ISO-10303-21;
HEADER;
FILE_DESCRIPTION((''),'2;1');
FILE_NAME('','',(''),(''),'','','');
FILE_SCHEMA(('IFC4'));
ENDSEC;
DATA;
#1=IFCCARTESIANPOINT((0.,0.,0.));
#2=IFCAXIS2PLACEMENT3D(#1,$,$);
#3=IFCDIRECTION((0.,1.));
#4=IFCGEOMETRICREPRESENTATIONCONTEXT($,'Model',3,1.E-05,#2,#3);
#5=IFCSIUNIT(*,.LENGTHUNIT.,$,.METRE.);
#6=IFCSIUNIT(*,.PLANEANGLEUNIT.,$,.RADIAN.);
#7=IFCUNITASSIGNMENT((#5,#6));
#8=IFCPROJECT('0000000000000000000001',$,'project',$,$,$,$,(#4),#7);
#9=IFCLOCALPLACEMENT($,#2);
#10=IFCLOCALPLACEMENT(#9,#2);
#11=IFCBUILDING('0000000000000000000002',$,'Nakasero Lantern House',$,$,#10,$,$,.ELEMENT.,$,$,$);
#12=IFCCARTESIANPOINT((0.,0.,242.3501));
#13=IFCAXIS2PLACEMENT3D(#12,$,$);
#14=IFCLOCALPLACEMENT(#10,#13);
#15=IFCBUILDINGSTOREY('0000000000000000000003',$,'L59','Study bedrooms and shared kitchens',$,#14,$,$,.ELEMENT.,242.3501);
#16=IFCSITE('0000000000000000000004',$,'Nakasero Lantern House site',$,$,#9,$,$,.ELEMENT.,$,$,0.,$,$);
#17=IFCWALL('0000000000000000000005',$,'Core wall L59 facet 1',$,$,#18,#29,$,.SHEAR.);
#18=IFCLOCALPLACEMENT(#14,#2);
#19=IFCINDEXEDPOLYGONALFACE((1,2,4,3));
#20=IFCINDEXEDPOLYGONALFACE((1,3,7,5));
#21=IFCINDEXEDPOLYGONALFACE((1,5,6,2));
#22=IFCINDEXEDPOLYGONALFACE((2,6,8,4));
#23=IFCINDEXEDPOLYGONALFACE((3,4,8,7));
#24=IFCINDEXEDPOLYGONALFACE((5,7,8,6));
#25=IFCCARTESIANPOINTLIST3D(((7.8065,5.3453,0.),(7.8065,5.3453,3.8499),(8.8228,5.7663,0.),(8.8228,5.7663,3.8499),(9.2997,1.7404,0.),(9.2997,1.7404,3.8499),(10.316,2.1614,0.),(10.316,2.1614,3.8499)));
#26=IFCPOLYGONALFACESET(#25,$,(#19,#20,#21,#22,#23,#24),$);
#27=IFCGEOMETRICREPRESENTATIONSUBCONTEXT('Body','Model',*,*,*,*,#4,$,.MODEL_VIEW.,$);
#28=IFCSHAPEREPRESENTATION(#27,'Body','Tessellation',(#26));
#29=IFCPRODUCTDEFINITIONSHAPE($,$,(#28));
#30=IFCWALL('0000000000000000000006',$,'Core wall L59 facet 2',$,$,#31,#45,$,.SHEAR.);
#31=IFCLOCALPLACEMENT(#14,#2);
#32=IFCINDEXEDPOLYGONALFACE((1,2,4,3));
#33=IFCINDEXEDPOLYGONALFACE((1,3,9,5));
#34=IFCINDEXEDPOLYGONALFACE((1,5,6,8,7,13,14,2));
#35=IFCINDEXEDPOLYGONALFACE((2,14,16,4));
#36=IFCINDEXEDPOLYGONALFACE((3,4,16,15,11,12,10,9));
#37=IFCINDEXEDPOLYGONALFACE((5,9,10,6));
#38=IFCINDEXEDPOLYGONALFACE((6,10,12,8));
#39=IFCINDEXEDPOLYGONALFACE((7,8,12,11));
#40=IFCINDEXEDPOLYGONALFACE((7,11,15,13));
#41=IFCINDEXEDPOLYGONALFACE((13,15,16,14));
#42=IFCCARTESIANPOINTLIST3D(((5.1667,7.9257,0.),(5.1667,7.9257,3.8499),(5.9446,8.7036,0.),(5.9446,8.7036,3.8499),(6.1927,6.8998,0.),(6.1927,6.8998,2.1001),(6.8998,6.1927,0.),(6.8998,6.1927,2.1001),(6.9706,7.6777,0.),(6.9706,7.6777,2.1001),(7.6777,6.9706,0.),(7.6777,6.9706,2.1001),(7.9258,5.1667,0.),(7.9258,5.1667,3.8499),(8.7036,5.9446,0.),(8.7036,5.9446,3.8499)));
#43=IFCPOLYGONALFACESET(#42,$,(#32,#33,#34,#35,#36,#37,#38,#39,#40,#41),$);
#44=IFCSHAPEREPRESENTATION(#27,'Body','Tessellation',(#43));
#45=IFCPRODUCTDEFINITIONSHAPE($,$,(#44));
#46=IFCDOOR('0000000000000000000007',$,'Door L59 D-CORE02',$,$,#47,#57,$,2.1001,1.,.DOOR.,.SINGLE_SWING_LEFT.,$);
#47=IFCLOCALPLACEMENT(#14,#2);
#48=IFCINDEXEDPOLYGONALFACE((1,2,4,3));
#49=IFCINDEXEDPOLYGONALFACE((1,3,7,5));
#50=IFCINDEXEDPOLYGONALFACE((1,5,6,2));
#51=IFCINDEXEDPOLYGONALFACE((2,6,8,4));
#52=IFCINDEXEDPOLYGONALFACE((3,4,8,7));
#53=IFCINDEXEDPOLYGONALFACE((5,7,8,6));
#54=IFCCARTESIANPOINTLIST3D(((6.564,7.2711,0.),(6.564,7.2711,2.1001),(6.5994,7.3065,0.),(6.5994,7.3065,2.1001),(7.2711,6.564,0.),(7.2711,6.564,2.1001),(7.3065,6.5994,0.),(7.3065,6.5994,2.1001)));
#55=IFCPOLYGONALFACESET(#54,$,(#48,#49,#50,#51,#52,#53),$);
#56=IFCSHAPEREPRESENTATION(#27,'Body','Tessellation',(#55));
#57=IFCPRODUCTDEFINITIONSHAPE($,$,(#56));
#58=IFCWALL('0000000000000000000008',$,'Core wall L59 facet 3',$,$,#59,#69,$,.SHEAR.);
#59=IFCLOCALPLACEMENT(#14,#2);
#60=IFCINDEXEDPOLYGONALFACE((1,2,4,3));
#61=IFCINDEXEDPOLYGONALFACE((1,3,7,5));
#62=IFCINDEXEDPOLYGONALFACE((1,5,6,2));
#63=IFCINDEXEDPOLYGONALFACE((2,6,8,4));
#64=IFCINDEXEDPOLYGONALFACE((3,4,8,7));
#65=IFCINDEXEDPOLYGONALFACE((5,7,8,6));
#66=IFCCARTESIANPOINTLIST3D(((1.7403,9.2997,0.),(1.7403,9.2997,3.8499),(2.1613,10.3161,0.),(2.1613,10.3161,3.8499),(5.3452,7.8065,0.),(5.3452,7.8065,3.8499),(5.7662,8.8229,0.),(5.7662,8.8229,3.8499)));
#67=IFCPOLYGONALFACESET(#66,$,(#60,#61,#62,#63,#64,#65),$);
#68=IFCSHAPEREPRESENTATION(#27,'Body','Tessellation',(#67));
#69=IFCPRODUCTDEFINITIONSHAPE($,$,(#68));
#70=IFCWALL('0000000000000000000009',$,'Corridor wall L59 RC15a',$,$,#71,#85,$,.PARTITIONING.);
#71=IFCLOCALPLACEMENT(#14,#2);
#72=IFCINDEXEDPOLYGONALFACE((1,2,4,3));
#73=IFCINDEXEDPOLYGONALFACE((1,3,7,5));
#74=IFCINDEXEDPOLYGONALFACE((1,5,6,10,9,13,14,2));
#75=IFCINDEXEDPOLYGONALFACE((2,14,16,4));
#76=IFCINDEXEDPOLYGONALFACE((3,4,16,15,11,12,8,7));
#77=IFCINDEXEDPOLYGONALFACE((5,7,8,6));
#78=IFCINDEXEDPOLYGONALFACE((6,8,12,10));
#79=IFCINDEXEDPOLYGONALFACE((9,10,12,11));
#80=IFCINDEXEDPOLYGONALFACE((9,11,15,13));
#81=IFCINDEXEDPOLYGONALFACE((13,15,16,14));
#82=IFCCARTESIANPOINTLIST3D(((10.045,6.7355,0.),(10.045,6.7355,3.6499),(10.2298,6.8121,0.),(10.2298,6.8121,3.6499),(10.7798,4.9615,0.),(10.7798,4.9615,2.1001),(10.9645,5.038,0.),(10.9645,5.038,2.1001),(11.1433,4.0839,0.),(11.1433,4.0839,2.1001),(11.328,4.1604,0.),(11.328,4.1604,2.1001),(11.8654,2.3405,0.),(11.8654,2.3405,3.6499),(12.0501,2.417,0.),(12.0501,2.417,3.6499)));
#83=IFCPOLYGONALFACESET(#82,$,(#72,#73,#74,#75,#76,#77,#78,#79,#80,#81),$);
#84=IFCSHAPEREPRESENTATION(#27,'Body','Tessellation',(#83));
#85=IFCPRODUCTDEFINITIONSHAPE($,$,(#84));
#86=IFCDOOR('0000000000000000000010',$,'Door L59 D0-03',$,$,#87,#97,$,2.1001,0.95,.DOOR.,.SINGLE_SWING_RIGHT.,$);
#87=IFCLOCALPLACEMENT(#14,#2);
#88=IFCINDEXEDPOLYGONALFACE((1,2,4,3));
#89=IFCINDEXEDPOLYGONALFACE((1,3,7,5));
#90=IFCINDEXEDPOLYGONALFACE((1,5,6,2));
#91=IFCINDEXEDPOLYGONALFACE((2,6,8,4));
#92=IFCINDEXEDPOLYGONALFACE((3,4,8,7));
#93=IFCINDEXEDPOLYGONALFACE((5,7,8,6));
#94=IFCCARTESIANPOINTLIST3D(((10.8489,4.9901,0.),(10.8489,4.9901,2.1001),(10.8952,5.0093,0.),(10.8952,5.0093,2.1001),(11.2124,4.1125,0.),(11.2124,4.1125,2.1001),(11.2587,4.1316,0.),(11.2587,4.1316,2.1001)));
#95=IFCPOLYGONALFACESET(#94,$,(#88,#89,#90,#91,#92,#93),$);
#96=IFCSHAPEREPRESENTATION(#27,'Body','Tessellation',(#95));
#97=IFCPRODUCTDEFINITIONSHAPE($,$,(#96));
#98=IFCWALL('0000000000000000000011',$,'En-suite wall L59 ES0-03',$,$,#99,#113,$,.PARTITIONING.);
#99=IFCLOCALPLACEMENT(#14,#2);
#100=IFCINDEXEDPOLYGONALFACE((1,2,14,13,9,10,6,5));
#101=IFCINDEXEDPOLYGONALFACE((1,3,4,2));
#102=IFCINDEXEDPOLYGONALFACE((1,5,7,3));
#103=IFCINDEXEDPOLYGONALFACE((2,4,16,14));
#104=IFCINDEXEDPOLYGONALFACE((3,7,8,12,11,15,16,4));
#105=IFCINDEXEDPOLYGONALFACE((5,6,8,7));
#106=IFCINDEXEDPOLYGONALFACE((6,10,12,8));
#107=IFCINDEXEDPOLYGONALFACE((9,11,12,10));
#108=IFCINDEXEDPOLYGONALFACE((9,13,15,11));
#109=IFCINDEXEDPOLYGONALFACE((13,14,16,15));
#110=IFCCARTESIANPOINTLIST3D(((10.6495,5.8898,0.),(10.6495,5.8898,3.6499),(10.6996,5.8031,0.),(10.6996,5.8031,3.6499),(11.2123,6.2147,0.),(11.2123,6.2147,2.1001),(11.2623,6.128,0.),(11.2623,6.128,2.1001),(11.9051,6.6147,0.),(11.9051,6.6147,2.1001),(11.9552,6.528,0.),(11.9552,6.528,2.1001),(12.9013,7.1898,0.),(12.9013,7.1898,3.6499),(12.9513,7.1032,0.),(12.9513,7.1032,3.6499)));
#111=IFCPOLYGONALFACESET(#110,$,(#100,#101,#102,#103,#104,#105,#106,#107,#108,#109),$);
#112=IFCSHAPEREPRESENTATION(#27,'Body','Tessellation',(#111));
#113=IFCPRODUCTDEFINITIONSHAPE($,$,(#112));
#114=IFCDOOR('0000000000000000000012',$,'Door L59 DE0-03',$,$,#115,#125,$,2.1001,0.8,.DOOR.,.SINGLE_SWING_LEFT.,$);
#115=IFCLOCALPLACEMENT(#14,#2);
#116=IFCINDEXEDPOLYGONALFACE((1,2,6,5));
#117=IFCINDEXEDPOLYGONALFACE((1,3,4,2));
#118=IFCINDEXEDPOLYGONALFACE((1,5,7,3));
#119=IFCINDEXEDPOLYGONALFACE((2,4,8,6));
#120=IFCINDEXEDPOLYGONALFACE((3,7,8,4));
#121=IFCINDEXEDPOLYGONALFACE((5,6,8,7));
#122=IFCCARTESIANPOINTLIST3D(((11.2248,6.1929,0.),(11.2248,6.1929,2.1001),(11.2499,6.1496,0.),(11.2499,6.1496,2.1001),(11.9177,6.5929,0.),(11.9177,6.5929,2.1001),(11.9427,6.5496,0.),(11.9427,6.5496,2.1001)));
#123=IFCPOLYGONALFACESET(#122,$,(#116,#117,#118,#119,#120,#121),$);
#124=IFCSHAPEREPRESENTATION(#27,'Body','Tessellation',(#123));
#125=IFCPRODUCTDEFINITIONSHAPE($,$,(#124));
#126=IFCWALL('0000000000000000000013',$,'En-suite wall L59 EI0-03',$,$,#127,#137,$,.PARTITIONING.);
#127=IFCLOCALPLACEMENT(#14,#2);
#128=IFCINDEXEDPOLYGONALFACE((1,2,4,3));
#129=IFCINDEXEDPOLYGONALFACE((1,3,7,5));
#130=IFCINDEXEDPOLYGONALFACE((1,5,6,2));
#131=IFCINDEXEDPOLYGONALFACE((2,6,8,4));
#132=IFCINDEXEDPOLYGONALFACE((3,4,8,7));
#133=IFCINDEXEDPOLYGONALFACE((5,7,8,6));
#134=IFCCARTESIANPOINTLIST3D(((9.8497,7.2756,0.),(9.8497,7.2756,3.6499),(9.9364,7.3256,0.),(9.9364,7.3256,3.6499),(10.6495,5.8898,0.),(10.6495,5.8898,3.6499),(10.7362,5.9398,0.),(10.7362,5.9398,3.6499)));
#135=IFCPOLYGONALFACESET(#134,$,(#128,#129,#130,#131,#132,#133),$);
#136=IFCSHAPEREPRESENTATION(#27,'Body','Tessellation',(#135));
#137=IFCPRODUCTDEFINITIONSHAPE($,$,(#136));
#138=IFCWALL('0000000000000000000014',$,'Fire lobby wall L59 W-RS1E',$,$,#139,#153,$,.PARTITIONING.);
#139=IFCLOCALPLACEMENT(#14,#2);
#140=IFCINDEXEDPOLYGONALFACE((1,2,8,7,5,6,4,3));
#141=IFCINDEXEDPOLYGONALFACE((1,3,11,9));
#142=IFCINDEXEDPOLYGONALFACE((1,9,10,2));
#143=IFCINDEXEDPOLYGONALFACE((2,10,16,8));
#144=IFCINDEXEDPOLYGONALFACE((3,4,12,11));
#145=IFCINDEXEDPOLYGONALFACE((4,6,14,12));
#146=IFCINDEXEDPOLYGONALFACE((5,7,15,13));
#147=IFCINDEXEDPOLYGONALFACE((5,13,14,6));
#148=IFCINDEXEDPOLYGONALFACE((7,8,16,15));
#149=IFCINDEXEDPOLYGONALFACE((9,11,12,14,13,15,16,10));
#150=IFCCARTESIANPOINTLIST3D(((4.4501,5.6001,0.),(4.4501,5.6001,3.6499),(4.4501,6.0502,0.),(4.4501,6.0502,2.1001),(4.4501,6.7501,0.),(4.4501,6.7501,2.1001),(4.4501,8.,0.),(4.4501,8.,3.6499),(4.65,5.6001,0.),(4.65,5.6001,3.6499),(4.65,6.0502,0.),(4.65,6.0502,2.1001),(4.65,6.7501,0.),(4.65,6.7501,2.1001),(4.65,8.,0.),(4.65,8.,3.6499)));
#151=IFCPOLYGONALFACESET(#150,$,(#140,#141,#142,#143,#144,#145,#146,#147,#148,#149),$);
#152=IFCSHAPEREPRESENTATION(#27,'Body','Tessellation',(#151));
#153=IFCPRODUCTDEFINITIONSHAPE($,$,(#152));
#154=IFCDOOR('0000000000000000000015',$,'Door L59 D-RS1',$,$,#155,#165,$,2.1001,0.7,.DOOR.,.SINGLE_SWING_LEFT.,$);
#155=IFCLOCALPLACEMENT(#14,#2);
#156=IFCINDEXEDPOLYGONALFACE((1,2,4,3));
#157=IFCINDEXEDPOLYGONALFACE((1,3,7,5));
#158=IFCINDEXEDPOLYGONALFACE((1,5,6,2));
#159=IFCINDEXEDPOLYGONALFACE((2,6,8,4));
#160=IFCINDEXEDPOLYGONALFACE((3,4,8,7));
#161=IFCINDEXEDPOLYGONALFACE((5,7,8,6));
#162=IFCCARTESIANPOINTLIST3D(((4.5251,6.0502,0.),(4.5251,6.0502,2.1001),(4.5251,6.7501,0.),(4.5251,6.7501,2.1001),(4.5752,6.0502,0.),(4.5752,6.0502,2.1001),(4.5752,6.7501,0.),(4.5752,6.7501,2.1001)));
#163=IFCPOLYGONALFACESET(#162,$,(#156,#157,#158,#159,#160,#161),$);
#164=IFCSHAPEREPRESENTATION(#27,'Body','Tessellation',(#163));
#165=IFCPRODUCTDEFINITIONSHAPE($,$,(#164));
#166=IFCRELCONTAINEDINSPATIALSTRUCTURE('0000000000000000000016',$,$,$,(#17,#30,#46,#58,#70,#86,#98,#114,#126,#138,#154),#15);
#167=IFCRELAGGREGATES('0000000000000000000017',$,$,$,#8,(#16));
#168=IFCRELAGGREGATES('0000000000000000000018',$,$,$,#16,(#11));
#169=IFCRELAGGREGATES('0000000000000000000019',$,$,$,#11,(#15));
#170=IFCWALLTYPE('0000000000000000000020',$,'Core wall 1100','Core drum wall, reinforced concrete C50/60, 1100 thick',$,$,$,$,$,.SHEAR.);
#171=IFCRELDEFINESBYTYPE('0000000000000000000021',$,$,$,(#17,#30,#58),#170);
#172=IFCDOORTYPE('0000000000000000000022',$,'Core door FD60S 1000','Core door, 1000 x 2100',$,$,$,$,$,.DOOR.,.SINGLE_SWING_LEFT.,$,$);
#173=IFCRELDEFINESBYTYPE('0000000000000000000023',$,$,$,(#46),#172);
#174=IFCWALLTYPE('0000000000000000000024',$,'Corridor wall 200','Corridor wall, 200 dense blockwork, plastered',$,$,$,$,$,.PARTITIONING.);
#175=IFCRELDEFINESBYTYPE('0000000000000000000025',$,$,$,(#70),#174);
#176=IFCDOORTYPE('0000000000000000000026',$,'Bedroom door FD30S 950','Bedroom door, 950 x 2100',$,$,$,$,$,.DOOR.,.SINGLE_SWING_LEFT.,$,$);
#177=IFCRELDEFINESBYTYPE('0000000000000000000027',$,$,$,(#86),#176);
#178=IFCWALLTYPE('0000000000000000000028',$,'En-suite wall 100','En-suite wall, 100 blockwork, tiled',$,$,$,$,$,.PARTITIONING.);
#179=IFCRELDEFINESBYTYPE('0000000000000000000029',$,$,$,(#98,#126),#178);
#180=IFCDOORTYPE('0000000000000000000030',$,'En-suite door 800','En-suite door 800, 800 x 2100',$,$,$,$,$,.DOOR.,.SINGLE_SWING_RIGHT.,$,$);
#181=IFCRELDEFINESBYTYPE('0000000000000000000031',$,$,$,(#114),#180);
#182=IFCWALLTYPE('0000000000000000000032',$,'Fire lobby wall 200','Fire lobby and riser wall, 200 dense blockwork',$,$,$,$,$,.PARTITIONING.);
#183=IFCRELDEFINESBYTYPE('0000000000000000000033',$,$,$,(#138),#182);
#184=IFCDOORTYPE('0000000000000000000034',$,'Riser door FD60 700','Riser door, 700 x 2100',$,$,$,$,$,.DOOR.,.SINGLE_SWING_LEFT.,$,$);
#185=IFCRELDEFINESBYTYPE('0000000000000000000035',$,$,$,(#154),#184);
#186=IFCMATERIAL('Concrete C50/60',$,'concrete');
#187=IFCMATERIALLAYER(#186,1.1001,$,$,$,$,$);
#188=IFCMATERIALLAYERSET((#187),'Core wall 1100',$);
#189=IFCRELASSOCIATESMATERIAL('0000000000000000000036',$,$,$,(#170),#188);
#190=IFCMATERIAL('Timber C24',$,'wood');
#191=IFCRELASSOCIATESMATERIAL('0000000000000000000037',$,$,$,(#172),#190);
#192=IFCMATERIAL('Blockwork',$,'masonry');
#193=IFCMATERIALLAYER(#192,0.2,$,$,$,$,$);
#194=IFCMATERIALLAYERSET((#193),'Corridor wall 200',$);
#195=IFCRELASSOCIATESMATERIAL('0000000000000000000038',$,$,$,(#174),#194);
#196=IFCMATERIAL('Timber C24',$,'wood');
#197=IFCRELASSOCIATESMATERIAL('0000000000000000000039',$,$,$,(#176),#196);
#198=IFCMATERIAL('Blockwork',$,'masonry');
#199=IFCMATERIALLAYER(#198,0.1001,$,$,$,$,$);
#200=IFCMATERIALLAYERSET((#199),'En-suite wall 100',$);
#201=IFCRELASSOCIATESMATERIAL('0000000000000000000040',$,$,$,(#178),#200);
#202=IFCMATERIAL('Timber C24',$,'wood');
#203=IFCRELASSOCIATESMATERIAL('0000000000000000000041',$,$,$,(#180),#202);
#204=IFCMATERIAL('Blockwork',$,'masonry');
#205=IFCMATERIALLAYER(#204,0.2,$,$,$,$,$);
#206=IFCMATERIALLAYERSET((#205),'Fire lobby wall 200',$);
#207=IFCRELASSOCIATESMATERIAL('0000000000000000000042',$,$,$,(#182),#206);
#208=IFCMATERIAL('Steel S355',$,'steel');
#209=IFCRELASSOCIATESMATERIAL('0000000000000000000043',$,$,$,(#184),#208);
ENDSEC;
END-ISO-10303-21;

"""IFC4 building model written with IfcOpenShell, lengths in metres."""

from ifc_helpers import new_model, si_unit, direction, frame, frame_2d, origin, place, context, subcontext, project, spatial, rectangle, extrude, material, layer, layer_set, type_object, element, fill, save


model = new_model("IFC4")

# Units and contexts
model_context = context("Model", 3, precision=1e-05, world=origin(), true_north=direction((0.0, 1.0)))
body_context = subcontext(model_context, "Body", "Model", "MODEL_VIEW")
ifc_project = project(units=[si_unit("LENGTHUNIT", "METRE"), si_unit("PLANEANGLEUNIT", "RADIAN")], contexts=[model_context])

# Site, building, storey
site_placement = place(None, origin())
site = spatial("IfcSite", under=ifc_project, at=site_placement, Name="Nakasero Lantern House site", CompositionType="ELEMENT", RefElevation=0.0)
building_placement = place(site_placement, origin())
building = spatial("IfcBuilding", under=site, at=building_placement, Name="Nakasero Lantern House", CompositionType="ELEMENT")
storey_placement = place(building_placement, frame((0.0, 0.0, 242.3501)))
storey = spatial("IfcBuildingStorey", under=building, at=storey_placement, Name="L59", Description="Study bedrooms and shared kitchens", CompositionType="ELEMENT", Elevation=242.3501)

# Wall
ifc_material_1 = material(Name="Concrete C50/60", Category="concrete")
ifc_layer_1 = layer(ifc_material_1, 1.1001)
ifc_layer_set_1 = layer_set([ifc_layer_1], Name="Core wall 1100")
wall_type_1 = type_object("IfcWallType", Name="Core wall 1100", Description="Core drum wall, reinforced concrete C50/60, 1100 thick", PredefinedType="SHEAR", material=ifc_layer_set_1)
wall_1_placement = place(storey_placement, frame((9.8079, 1.9509, 0.0), z_axis=(0.0, 0.0, 1.0), x_axis=(-0.382691, 0.923877, 0.0)))
element("IfcWall", 1, at=wall_1_placement, inside=storey, type_object=wall_type_1, Name="Core wall L59 facet 1", PredefinedType="SHEAR", context=body_context, shape_type="SweptSolid", body=[
    extrude(rectangle(XDim=3.9019, YDim=1.1001, at=frame_2d((1.9509, 0.0))), origin(), (0.0, 0.0, 1.0), 3.8499),
])

# Wall, opening, door
wall_2_placement = place(storey_placement, frame((8.3147, 5.5557, 0.0), z_axis=(0.0, 0.0, 1.0), x_axis=(-0.707107, 0.707107, 0.0)))
wall_2 = element("IfcWall", 2, at=wall_2_placement, inside=storey, type_object=wall_type_1, Name="Core wall L59 facet 2", PredefinedType="SHEAR", context=body_context, shape_type="SweptSolid", body=[
    extrude(rectangle(XDim=3.9019, YDim=1.1001, at=frame_2d((1.9509, 0.0))), origin(), (0.0, 0.0, 1.0), 3.8499),
])
opening_1_placement = place(wall_2_placement, frame((1.4509, 0.0, 0.0)))
opening_1 = element("IfcOpeningElement", 3, at=opening_1_placement, cuts=wall_2, PredefinedType="OPENING", context=body_context, shape_type="SweptSolid", body=[
    extrude(rectangle(XDim=1.0, YDim=2.1001, at=frame_2d((0.5, 1.05))), frame((0.0, 0.5701, 0.0), z_axis=(0.0, -1.0, 0.0), x_axis=(1.0, 0.0, 0.0)), (0.0, 0.0, 1.0), 1.1401),
])
ifc_material_2 = material(Name="Timber C24", Category="wood")
door_type_1 = type_object("IfcDoorType", Name="Core door FD60S 1000", Description="Core door, 1000 x 2100", OperationType="SINGLE_SWING_LEFT", PredefinedType="DOOR", material=ifc_material_2)
door_1_placement = place(opening_1_placement, origin())
door_1 = element("IfcDoor", 4, at=door_1_placement, inside=storey, type_object=door_type_1, Name="Door L59 D-CORE02", OperationType="SINGLE_SWING_LEFT", OverallHeight=2.1001, OverallWidth=1.0, PredefinedType="DOOR", context=body_context, shape_type="SweptSolid", body=[
    extrude(rectangle(XDim=1.0, YDim=2.1001, at=frame_2d((0.5, 1.05))), frame((0.0, 0.0249, 0.0), z_axis=(0.0, -1.0, 0.0), x_axis=(1.0, 0.0, 0.0)), (0.0, 0.0, 1.0), 0.05),
])
fill(opening_1, door_1)

# Wall
wall_3_placement = place(storey_placement, frame((5.5557, 8.3147, 0.0), z_axis=(0.0, 0.0, 1.0), x_axis=(-0.923877, 0.382691, 0.0)))
element("IfcWall", 5, at=wall_3_placement, inside=storey, type_object=wall_type_1, Name="Core wall L59 facet 3", PredefinedType="SHEAR", context=body_context, shape_type="SweptSolid", body=[
    extrude(rectangle(XDim=3.9019, YDim=1.1001, at=frame_2d((1.9509, 0.0))), origin(), (0.0, 0.0, 1.0), 3.8499),
])

# Walls, openings, doors
ifc_material_3 = material(Name="Blockwork", Category="masonry")
ifc_layer_2 = layer(ifc_material_3, 0.2)
ifc_layer_set_2 = layer_set([ifc_layer_2], Name="Corridor wall 200")
wall_type_2 = type_object("IfcWallType", Name="Corridor wall 200", Description="Corridor wall, 200 dense blockwork, plastered", PredefinedType="PARTITIONING", material=ifc_layer_set_2)
wall_4_placement = place(storey_placement, frame((10.1375, 6.7737, 0.0), z_axis=(0.0, 0.0, 1.0), x_axis=(0.382654, -0.923892, 0.0)))
wall_4 = element("IfcWall", 6, at=wall_4_placement, inside=storey, type_object=wall_type_2, Name="Corridor wall L59 RC15a", PredefinedType="PARTITIONING", context=body_context, shape_type="SweptSolid", body=[
    extrude(rectangle(XDim=4.7571, YDim=0.2, at=frame_2d((2.3784, 0.0))), origin(), (0.0, 0.0, 1.0), 3.6499),
])
opening_2_placement = place(wall_4_placement, frame((1.9199, 0.0, 0.0)))
opening_2 = element("IfcOpeningElement", 7, at=opening_2_placement, cuts=wall_4, PredefinedType="OPENING", context=body_context, shape_type="SweptSolid", body=[
    extrude(rectangle(XDim=0.95, YDim=2.1001, at=frame_2d((0.4751, 1.05))), frame((0.0, 0.1199, 0.0), z_axis=(0.0, -1.0, 0.0), x_axis=(1.0, 0.0, 0.0)), (0.0, 0.0, 1.0), 0.24),
])
ifc_material_4 = material(Name="Timber C24", Category="wood")
door_type_2 = type_object("IfcDoorType", Name="Bedroom door FD30S 950", Description="Bedroom door, 950 x 2100", OperationType="SINGLE_SWING_LEFT", PredefinedType="DOOR", material=ifc_material_4)
door_2_placement = place(opening_2_placement, origin())
door_2 = element("IfcDoor", 8, at=door_2_placement, inside=storey, type_object=door_type_2, Name="Door L59 D0-03", OperationType="SINGLE_SWING_RIGHT", OverallHeight=2.1001, OverallWidth=0.95, PredefinedType="DOOR", context=body_context, shape_type="SweptSolid", body=[
    extrude(rectangle(XDim=0.95, YDim=2.1001, at=frame_2d((0.4751, 1.05))), frame((0.0, 0.0249, 0.0), z_axis=(0.0, -1.0, 0.0), x_axis=(1.0, 0.0, 0.0)), (0.0, 0.0, 1.0), 0.05),
])
fill(opening_2, door_2)
ifc_material_5 = material(Name="Blockwork", Category="masonry")
ifc_layer_3 = layer(ifc_material_5, 0.1001)
ifc_layer_set_3 = layer_set([ifc_layer_3], Name="En-suite wall 100")
wall_type_3 = type_object("IfcWallType", Name="En-suite wall 100", Description="En-suite wall, 100 blockwork, tiled", PredefinedType="PARTITIONING", material=ifc_layer_set_3)
wall_5_placement = place(storey_placement, frame((10.6746, 5.8464, 0.0), z_axis=(0.0, 0.0, 1.0), x_axis=(0.866021, 0.500007, 0.0)))
wall_5 = element("IfcWall", 9, at=wall_5_placement, inside=storey, type_object=wall_type_3, Name="En-suite wall L59 ES0-03", PredefinedType="PARTITIONING", context=body_context, shape_type="SweptSolid", body=[
    extrude(rectangle(XDim=2.6001, YDim=0.1001, at=frame_2d((1.3, 0.0))), origin(), (0.0, 0.0, 1.0), 3.6499),
])
opening_3_placement = place(wall_5_placement, frame((0.6499, 0.0, 0.0)))
opening_3 = element("IfcOpeningElement", 10, at=opening_3_placement, cuts=wall_5, PredefinedType="OPENING", context=body_context, shape_type="SweptSolid", body=[
    extrude(rectangle(XDim=0.8, YDim=2.1001, at=frame_2d((0.3999, 1.05))), frame((0.0, 0.0701, 0.0), z_axis=(0.0, -1.0, 0.0), x_axis=(1.0, 0.0, 0.0)), (0.0, 0.0, 1.0), 0.1401),
])
ifc_material_6 = material(Name="Timber C24", Category="wood")
door_type_3 = type_object("IfcDoorType", Name="En-suite door 800", Description="En-suite door 800, 800 x 2100", OperationType="SINGLE_SWING_RIGHT", PredefinedType="DOOR", material=ifc_material_6)
door_3_placement = place(opening_3_placement, origin())
door_3 = element("IfcDoor", 11, at=door_3_placement, inside=storey, type_object=door_type_3, Name="Door L59 DE0-03", OperationType="SINGLE_SWING_LEFT", OverallHeight=2.1001, OverallWidth=0.8, PredefinedType="DOOR", context=body_context, shape_type="SweptSolid", body=[
    extrude(rectangle(XDim=0.8, YDim=2.1001, at=frame_2d((0.3999, 1.05))), frame((0.0, 0.0249, 0.0), z_axis=(0.0, -1.0, 0.0), x_axis=(1.0, 0.0, 0.0)), (0.0, 0.0, 1.0), 0.05),
])
fill(opening_3, door_3)

# Wall
wall_6_placement = place(storey_placement, frame((10.6929, 5.9148, 0.0), z_axis=(0.0, 0.0, 1.0), x_axis=(-0.499881, 0.866094, 0.0)))
element("IfcWall", 12, at=wall_6_placement, inside=storey, type_object=wall_type_3, Name="En-suite wall L59 EI0-03", PredefinedType="PARTITIONING", context=body_context, shape_type="SweptSolid", body=[
    extrude(rectangle(XDim=1.6001, YDim=0.1001, at=frame_2d((0.8, 0.0))), origin(), (0.0, 0.0, 1.0), 3.6499),
])

# Wall, opening, door
ifc_material_7 = material(Name="Blockwork", Category="masonry")
ifc_layer_4 = layer(ifc_material_7, 0.2)
ifc_layer_set_4 = layer_set([ifc_layer_4], Name="Fire lobby wall 200")
wall_type_4 = type_object("IfcWallType", Name="Fire lobby wall 200", Description="Fire lobby and riser wall, 200 dense blockwork", PredefinedType="PARTITIONING", material=ifc_layer_set_4)
wall_7_placement = place(storey_placement, frame((4.55, 5.6001, 0.0), z_axis=(0.0, 0.0, 1.0), x_axis=(0.0, 1.0, 0.0)))
wall_7 = element("IfcWall", 13, at=wall_7_placement, inside=storey, type_object=wall_type_4, Name="Fire lobby wall L59 W-RS1E", PredefinedType="PARTITIONING", context=body_context, shape_type="SweptSolid", body=[
    extrude(rectangle(XDim=2.3999, YDim=0.2, at=frame_2d((1.2, 0.0))), origin(), (0.0, 0.0, 1.0), 3.6499),
])
opening_4_placement = place(wall_7_placement, frame((0.45, 0.0, 0.0)))
opening_4 = element("IfcOpeningElement", 14, at=opening_4_placement, cuts=wall_7, PredefinedType="OPENING", context=body_context, shape_type="SweptSolid", body=[
    extrude(rectangle(XDim=0.7, YDim=2.1001, at=frame_2d((0.3501, 1.05))), frame((0.0, 0.1199, 0.0), z_axis=(0.0, -1.0, 0.0), x_axis=(1.0, 0.0, 0.0)), (0.0, 0.0, 1.0), 0.24),
])
ifc_material_8 = material(Name="Steel S355", Category="steel")
door_type_4 = type_object("IfcDoorType", Name="Riser door FD60 700", Description="Riser door, 700 x 2100", OperationType="SINGLE_SWING_LEFT", PredefinedType="DOOR", material=ifc_material_8)
door_4_placement = place(opening_4_placement, origin())
door_4 = element("IfcDoor", 15, at=door_4_placement, inside=storey, type_object=door_type_4, Name="Door L59 D-RS1", OperationType="SINGLE_SWING_LEFT", OverallHeight=2.1001, OverallWidth=0.7, PredefinedType="DOOR", context=body_context, shape_type="SweptSolid", body=[
    extrude(rectangle(XDim=0.7, YDim=2.1001, at=frame_2d((0.3501, 1.05))), frame((0.0, 0.0249, 0.0), z_axis=(0.0, -1.0, 0.0), x_axis=(1.0, 0.0, 0.0)), (0.0, 0.0, 1.0), 0.05),
])
fill(opening_4, door_4)

save(model, "model.ifc")
